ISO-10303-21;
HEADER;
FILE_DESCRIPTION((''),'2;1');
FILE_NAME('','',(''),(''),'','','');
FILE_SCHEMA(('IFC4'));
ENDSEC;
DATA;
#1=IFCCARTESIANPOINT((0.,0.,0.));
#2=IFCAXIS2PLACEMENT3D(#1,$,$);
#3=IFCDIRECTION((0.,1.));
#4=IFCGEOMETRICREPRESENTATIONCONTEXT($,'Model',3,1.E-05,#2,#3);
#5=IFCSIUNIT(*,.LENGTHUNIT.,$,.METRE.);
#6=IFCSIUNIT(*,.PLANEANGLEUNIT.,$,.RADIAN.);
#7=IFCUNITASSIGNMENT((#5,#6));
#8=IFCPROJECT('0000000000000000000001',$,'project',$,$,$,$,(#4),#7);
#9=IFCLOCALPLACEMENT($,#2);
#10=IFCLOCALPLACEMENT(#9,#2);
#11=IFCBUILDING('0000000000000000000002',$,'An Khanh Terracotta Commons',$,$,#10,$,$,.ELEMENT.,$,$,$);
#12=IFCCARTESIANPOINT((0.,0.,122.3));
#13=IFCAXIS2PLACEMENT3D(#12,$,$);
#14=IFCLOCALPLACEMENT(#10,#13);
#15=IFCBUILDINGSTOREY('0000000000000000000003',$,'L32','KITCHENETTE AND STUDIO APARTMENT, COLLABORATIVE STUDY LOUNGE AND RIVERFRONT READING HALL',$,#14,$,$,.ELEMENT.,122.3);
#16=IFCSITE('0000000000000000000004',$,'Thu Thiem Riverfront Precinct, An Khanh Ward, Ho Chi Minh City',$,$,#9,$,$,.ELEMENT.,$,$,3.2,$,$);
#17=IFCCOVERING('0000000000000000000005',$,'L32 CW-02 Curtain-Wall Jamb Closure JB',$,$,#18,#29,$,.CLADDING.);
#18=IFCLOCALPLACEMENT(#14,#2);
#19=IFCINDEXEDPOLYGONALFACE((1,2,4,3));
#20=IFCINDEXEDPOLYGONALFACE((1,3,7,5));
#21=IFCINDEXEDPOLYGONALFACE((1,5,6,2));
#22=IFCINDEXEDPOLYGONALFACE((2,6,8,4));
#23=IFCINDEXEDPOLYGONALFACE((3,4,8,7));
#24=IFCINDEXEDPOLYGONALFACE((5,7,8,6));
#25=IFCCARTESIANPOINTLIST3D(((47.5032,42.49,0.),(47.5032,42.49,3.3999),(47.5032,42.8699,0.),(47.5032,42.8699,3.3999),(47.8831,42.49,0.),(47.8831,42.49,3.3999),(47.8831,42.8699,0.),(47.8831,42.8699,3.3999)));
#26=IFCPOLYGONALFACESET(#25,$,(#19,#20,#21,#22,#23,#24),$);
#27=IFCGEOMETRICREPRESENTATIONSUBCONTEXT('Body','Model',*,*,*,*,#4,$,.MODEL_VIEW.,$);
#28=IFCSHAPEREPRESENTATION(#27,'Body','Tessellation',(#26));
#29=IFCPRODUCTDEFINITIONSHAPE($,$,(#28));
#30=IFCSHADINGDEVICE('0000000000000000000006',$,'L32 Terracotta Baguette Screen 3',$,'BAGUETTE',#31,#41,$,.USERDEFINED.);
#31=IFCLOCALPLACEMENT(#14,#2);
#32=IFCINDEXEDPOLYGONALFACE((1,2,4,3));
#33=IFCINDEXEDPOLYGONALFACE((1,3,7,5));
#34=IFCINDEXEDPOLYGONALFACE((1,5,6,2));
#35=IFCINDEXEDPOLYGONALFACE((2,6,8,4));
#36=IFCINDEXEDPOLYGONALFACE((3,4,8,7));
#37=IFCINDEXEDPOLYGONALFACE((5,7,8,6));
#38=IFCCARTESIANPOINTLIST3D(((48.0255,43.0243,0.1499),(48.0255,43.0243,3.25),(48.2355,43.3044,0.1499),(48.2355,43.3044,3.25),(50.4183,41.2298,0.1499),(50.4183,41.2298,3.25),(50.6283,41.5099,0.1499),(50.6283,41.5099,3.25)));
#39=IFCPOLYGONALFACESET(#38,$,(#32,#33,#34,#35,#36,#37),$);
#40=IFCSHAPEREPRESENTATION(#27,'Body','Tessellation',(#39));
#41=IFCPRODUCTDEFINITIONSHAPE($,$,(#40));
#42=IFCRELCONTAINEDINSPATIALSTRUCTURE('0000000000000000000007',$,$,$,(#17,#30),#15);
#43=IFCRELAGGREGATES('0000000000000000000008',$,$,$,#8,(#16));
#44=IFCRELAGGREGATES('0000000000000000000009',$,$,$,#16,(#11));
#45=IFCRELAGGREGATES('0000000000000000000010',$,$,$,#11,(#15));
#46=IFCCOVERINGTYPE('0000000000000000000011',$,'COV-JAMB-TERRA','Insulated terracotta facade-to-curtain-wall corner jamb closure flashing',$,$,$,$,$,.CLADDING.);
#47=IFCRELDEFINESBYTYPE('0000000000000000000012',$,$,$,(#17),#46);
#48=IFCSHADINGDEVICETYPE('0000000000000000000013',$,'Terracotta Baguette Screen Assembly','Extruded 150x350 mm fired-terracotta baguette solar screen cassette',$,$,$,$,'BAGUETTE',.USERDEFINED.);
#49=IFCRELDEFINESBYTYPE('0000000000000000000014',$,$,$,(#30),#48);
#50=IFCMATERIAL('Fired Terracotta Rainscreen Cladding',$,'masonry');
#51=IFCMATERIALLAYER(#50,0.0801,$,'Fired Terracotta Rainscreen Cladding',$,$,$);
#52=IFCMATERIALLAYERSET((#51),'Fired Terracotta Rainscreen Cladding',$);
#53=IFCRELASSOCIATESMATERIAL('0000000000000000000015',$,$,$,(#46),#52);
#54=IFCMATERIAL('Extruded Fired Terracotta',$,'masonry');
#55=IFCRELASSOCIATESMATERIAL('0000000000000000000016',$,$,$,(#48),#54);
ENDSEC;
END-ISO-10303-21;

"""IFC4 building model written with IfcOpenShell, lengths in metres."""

from ifc_helpers import new_model, si_unit, direction, frame, origin, origin_2d, place, context, subcontext, project, spatial, rectangle, extrude, material, layer, layer_set, type_object, element, save


model = new_model("IFC4")

# Units and contexts
model_context = context("Model", 3, precision=1e-05, world=origin(), true_north=direction((0.0, 1.0)))
body_context = subcontext(model_context, "Body", "Model", "MODEL_VIEW")
ifc_project = project(units=[si_unit("LENGTHUNIT", "METRE"), si_unit("PLANEANGLEUNIT", "RADIAN")], contexts=[model_context])

# Site, building, storey
site_placement = place(None, origin())
site = spatial("IfcSite", under=ifc_project, at=site_placement, Name="Thu Thiem Riverfront Precinct, An Khanh Ward, Ho Chi Minh City", CompositionType="ELEMENT", RefElevation=3.2)
building_placement = place(site_placement, origin())
building = spatial("IfcBuilding", under=site, at=building_placement, Name="An Khanh Terracotta Commons", CompositionType="ELEMENT")
storey_placement = place(building_placement, frame((0.0, 0.0, 122.3)))
storey = spatial("IfcBuildingStorey", under=building, at=storey_placement, Name="L32", Description="KITCHENETTE AND STUDIO APARTMENT, COLLABORATIVE STUDY LOUNGE AND RIVERFRONT READING HALL", CompositionType="ELEMENT", Elevation=122.3)

# Covering
ifc_material_1 = material(Name="Fired Terracotta Rainscreen Cladding", Category="masonry")
ifc_layer_1 = layer(ifc_material_1, 0.0801, Name="Fired Terracotta Rainscreen Cladding")
ifc_layer_set_1 = layer_set([ifc_layer_1], Name="Fired Terracotta Rainscreen Cladding")
covering_type = type_object("IfcCoveringType", Name="COV-JAMB-TERRA", Description="Insulated terracotta facade-to-curtain-wall corner jamb closure flashing", PredefinedType="CLADDING", material=ifc_layer_set_1)
covering_placement = place(storey_placement, frame((47.6931, 42.6799, 0.0), z_axis=(0.0, 0.0, 1.0), x_axis=(1.0, 0.0, 0.0)))
element("IfcCovering", 1, at=covering_placement, inside=storey, type_object=covering_type, Name="L32 CW-02 Curtain-Wall Jamb Closure JB", PredefinedType="CLADDING", context=body_context, shape_type="SweptSolid", body=[
    extrude(rectangle(XDim=0.3799, YDim=0.3799, at=origin_2d()), origin(), (0.0, 0.0, 1.0), 3.3999),
])

# Shading device
ifc_material_2 = material(Name="Extruded Fired Terracotta", Category="masonry")
shading_device_type = type_object("IfcShadingDeviceType", Name="Terracotta Baguette Screen Assembly", Description="Extruded 150x350 mm fired-terracotta baguette solar screen cassette", ElementType="BAGUETTE", PredefinedType="USERDEFINED", material=ifc_material_2)
shading_device_placement = place(storey_placement, frame((49.3269, 42.2671, 0.1499), z_axis=(0.0, 0.0, 1.0), x_axis=(-0.800013, 0.599983, 0.0)))
element("IfcShadingDevice", 2, at=shading_device_placement, inside=storey, type_object=shading_device_type, Name="L32 Terracotta Baguette Screen 3", ObjectType="BAGUETTE", PredefinedType="USERDEFINED", context=body_context, shape_type="SweptSolid", body=[
    extrude(rectangle(XDim=2.991, YDim=0.3501, at=origin_2d()), origin(), (0.0, 0.0, 1.0), 3.1001),
])

save(model, "model.ifc")
